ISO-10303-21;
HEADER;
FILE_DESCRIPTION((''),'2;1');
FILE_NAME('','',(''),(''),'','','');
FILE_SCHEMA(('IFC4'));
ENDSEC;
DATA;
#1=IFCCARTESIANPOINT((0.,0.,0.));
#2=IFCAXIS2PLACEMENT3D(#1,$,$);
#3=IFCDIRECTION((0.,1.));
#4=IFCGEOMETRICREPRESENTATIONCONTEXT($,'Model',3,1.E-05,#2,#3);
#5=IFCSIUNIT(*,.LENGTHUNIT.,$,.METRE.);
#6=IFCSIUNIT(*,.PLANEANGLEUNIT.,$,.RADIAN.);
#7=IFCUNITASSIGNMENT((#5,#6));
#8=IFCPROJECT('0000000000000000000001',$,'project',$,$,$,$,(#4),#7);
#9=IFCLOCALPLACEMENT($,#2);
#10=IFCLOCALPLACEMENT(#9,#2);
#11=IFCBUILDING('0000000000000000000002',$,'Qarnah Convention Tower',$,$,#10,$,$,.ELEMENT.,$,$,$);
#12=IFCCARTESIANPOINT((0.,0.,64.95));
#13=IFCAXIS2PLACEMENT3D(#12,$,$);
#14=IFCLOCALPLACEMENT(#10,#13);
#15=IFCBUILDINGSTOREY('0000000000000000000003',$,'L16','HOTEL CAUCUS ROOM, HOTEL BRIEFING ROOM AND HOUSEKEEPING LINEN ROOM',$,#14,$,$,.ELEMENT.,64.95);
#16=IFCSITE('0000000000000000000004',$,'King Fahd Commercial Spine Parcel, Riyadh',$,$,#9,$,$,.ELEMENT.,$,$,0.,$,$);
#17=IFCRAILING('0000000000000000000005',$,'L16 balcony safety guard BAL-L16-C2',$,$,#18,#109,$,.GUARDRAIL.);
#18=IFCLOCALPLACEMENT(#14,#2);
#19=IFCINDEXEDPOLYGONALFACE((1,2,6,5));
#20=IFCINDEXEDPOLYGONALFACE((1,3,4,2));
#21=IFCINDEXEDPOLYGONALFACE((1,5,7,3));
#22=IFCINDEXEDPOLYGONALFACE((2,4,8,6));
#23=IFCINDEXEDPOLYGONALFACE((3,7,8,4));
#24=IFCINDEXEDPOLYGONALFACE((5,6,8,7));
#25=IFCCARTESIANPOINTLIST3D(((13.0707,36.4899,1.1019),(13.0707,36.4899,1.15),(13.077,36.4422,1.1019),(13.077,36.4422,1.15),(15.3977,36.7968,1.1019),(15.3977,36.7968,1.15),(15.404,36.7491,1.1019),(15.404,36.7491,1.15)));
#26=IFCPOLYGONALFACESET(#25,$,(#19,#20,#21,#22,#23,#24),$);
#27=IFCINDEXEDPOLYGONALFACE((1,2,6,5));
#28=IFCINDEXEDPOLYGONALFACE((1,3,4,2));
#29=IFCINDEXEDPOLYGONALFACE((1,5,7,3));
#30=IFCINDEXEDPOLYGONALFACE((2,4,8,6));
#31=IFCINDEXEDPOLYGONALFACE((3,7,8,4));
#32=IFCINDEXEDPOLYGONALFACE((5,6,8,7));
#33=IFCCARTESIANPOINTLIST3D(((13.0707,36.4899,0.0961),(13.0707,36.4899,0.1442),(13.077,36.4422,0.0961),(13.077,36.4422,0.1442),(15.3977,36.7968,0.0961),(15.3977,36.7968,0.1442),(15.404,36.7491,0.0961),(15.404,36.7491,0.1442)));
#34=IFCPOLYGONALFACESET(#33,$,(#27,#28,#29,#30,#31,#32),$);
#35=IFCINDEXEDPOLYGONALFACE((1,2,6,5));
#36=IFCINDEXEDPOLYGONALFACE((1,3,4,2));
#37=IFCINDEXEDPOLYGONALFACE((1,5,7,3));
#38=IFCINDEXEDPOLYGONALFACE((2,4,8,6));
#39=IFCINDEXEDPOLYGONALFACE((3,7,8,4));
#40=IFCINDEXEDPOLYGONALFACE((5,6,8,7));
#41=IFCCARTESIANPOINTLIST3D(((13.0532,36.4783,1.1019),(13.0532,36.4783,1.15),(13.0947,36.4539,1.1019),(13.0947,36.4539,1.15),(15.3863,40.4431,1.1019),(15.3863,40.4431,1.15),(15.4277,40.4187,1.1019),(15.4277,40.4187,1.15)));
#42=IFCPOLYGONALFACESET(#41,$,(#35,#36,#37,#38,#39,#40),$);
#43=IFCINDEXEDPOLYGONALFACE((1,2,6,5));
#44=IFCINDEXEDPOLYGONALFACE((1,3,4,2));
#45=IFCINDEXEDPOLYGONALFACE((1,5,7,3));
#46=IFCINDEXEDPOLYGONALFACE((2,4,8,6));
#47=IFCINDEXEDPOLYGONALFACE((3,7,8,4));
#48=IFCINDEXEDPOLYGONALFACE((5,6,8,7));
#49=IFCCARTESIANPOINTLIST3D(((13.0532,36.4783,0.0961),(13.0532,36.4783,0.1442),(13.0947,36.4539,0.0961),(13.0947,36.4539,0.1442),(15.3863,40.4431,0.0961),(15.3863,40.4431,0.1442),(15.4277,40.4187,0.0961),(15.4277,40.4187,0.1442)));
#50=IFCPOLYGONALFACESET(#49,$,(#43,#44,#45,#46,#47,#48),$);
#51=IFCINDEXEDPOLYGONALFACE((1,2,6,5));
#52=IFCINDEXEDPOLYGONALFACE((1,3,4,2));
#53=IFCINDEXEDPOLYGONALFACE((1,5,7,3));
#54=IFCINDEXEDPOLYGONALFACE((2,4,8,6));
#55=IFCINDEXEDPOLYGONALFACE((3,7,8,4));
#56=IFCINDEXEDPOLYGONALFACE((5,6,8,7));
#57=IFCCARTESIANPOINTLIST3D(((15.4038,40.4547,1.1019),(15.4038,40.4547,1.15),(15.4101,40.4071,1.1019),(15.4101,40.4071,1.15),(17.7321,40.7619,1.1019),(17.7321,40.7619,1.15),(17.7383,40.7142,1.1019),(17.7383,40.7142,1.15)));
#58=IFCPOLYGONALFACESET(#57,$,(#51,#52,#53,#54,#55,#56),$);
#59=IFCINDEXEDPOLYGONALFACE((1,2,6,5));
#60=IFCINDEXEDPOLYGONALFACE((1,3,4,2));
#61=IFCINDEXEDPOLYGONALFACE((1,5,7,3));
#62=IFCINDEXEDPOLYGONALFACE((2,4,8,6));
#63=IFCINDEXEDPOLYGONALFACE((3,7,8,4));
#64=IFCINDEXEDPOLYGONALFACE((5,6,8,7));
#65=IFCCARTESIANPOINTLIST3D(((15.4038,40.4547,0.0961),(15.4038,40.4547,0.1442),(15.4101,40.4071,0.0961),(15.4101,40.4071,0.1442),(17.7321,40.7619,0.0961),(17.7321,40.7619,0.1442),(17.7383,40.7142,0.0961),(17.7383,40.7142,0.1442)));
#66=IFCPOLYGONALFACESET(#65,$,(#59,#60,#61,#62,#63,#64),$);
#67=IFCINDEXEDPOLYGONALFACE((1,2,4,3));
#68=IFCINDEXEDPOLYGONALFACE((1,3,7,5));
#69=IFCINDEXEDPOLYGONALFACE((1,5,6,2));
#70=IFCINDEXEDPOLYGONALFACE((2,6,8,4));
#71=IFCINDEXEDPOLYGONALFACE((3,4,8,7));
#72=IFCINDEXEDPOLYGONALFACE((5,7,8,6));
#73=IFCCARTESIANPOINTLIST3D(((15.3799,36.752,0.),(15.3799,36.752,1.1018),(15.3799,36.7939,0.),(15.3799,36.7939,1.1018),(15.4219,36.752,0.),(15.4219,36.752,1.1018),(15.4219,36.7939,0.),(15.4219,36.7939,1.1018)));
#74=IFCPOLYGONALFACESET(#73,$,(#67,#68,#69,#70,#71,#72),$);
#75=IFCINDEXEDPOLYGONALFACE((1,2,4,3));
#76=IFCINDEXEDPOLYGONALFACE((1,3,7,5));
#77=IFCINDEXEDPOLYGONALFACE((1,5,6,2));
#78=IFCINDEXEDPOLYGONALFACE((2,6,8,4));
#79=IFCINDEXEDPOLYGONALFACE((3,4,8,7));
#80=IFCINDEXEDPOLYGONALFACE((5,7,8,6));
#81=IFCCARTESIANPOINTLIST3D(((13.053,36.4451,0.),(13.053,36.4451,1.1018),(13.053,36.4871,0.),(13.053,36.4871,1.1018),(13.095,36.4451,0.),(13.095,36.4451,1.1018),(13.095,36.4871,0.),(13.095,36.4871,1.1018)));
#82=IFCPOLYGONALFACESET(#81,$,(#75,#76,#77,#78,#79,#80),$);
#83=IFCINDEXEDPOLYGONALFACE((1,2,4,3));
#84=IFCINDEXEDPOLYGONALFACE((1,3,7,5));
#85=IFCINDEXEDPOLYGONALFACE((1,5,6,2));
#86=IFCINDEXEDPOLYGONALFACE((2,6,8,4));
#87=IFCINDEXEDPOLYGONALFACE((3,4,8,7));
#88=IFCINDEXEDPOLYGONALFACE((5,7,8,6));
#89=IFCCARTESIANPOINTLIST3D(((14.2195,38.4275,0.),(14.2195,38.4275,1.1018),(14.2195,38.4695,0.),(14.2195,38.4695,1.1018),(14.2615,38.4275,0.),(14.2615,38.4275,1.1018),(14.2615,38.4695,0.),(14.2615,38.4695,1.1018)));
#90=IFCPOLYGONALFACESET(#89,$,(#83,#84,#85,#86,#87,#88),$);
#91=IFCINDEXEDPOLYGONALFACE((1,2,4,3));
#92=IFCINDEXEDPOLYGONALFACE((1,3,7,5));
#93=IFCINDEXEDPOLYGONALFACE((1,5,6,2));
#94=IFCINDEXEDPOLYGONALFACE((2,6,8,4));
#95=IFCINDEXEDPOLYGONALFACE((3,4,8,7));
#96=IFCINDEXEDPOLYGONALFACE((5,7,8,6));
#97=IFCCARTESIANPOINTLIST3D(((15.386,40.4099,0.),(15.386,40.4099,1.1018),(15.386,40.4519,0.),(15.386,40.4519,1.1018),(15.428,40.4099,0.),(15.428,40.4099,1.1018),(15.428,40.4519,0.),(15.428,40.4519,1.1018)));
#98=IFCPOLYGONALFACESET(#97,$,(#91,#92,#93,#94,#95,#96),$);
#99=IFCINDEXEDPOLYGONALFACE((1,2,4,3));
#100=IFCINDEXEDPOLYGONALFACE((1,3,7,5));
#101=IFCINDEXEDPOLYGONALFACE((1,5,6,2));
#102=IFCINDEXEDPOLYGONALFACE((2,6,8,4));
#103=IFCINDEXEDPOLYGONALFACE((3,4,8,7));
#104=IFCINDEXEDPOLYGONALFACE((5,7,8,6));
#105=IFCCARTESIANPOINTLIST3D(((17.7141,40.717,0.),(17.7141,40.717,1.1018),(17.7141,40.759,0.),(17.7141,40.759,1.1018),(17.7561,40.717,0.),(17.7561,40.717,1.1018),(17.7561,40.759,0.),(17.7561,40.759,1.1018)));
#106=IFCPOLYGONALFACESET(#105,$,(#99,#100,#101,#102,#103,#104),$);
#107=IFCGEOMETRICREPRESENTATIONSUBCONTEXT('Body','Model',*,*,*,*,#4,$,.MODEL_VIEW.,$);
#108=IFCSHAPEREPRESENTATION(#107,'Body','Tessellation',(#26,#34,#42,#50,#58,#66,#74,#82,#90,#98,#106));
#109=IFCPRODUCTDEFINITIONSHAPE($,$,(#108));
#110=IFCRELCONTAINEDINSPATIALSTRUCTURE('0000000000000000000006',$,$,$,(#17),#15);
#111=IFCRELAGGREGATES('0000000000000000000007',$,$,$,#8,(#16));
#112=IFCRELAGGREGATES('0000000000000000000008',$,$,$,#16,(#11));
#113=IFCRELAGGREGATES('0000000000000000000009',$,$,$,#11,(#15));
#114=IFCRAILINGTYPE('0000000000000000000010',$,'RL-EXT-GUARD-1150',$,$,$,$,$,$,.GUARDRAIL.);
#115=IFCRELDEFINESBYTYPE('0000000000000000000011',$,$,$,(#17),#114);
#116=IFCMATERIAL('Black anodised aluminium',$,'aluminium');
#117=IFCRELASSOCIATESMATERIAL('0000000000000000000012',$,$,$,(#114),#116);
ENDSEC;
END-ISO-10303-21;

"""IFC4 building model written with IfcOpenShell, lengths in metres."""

from ifc_helpers import new_model, si_unit, direction, frame, origin, origin_2d, place, context, subcontext, project, spatial, rectangle, extrude, material, type_object, element, save


model = new_model("IFC4")

# Units and contexts
model_context = context("Model", 3, precision=1e-05, world=origin(), true_north=direction((0.0, 1.0)))
body_context = subcontext(model_context, "Body", "Model", "MODEL_VIEW")
ifc_project = project(units=[si_unit("LENGTHUNIT", "METRE"), si_unit("PLANEANGLEUNIT", "RADIAN")], contexts=[model_context])

# Site, building, storey
site_placement = place(None, origin())
site = spatial("IfcSite", under=ifc_project, at=site_placement, Name="King Fahd Commercial Spine Parcel, Riyadh", CompositionType="ELEMENT", RefElevation=0.0)
building_placement = place(site_placement, origin())
building = spatial("IfcBuilding", under=site, at=building_placement, Name="Qarnah Convention Tower", CompositionType="ELEMENT")
storey_placement = place(building_placement, frame((0.0, 0.0, 64.95)))
storey = spatial("IfcBuildingStorey", under=building, at=storey_placement, Name="L16", Description="HOTEL CAUCUS ROOM, HOTEL BRIEFING ROOM AND HOUSEKEEPING LINEN ROOM", CompositionType="ELEMENT", Elevation=64.95)

# Shared definitions
ifc_material_1 = material(Name="Black anodised aluminium", Category="aluminium")

# Railing
railing_type = type_object("IfcRailingType", Name="RL-EXT-GUARD-1150", PredefinedType="GUARDRAIL", material=ifc_material_1)
railing_1_placement = place(storey_placement, frame((15.4009, 36.7729, 0.0)))
element("IfcRailing", 1, at=railing_1_placement, inside=storey, type_object=railing_type, Name="L16 balcony safety guard BAL-L16-C2", PredefinedType="GUARDRAIL", context=body_context, shape_type="SweptSolid", body=[
    extrude(rectangle(XDim=0.0481, YDim=0.0481, at=origin_2d()), frame((0.0, 0.0, 1.126), z_axis=(-0.991415, -0.130753, 0.0), x_axis=(0.130753, -0.991415, 0.0)), (0.0, 0.0, 1.0), 2.3472),
    extrude(rectangle(XDim=0.0481, YDim=0.0481, at=origin_2d()), frame((0.0, 0.0, 0.1201), z_axis=(-0.991415, -0.130753, 0.0), x_axis=(0.130753, -0.991415, 0.0)), (0.0, 0.0, 1.0), 2.3472),
    extrude(rectangle(XDim=0.0481, YDim=0.0481, at=origin_2d()), frame((-2.3269, -0.3069, 1.126), z_axis=(0.507141, 0.861863, 0.0), x_axis=(-0.861863, 0.507141, 0.0)), (0.0, 0.0, 1.0), 4.6003),
    extrude(rectangle(XDim=0.0481, YDim=0.0481, at=origin_2d()), frame((-2.3269, -0.3069, 0.1201), z_axis=(0.507141, 0.861863, 0.0), x_axis=(-0.861863, 0.507141, 0.0)), (0.0, 0.0, 1.0), 4.6003),
    extrude(rectangle(XDim=0.0481, YDim=0.0481, at=origin_2d()), frame((0.0061, 3.658, 1.126), z_axis=(0.99141, 0.130788, 0.0), x_axis=(-0.130788, 0.99141, 0.0)), (0.0, 0.0, 1.0), 2.3484),
    extrude(rectangle(XDim=0.0481, YDim=0.0481, at=origin_2d()), frame((0.0061, 3.658, 0.1201), z_axis=(0.99141, 0.130788, 0.0), x_axis=(-0.130788, 0.99141, 0.0)), (0.0, 0.0, 1.0), 2.3484),
    extrude(rectangle(XDim=0.042, YDim=0.042, at=origin_2d()), origin(), (0.0, 0.0, 1.0), 1.1018),
    extrude(rectangle(XDim=0.042, YDim=0.042, at=origin_2d()), frame((-2.3269, -0.3069, 0.0)), (0.0, 0.0, 1.0), 1.1018),
    extrude(rectangle(XDim=0.042, YDim=0.042, at=origin_2d()), frame((-1.1604, 1.6755, 0.0)), (0.0, 0.0, 1.0), 1.1018),
    extrude(rectangle(XDim=0.042, YDim=0.042, at=origin_2d()), frame((0.0061, 3.658, 0.0)), (0.0, 0.0, 1.0), 1.1018),
    extrude(rectangle(XDim=0.042, YDim=0.042, at=origin_2d()), frame((2.3342, 3.9651, 0.0)), (0.0, 0.0, 1.0), 1.1018),
])

save(model, "model.ifc")
